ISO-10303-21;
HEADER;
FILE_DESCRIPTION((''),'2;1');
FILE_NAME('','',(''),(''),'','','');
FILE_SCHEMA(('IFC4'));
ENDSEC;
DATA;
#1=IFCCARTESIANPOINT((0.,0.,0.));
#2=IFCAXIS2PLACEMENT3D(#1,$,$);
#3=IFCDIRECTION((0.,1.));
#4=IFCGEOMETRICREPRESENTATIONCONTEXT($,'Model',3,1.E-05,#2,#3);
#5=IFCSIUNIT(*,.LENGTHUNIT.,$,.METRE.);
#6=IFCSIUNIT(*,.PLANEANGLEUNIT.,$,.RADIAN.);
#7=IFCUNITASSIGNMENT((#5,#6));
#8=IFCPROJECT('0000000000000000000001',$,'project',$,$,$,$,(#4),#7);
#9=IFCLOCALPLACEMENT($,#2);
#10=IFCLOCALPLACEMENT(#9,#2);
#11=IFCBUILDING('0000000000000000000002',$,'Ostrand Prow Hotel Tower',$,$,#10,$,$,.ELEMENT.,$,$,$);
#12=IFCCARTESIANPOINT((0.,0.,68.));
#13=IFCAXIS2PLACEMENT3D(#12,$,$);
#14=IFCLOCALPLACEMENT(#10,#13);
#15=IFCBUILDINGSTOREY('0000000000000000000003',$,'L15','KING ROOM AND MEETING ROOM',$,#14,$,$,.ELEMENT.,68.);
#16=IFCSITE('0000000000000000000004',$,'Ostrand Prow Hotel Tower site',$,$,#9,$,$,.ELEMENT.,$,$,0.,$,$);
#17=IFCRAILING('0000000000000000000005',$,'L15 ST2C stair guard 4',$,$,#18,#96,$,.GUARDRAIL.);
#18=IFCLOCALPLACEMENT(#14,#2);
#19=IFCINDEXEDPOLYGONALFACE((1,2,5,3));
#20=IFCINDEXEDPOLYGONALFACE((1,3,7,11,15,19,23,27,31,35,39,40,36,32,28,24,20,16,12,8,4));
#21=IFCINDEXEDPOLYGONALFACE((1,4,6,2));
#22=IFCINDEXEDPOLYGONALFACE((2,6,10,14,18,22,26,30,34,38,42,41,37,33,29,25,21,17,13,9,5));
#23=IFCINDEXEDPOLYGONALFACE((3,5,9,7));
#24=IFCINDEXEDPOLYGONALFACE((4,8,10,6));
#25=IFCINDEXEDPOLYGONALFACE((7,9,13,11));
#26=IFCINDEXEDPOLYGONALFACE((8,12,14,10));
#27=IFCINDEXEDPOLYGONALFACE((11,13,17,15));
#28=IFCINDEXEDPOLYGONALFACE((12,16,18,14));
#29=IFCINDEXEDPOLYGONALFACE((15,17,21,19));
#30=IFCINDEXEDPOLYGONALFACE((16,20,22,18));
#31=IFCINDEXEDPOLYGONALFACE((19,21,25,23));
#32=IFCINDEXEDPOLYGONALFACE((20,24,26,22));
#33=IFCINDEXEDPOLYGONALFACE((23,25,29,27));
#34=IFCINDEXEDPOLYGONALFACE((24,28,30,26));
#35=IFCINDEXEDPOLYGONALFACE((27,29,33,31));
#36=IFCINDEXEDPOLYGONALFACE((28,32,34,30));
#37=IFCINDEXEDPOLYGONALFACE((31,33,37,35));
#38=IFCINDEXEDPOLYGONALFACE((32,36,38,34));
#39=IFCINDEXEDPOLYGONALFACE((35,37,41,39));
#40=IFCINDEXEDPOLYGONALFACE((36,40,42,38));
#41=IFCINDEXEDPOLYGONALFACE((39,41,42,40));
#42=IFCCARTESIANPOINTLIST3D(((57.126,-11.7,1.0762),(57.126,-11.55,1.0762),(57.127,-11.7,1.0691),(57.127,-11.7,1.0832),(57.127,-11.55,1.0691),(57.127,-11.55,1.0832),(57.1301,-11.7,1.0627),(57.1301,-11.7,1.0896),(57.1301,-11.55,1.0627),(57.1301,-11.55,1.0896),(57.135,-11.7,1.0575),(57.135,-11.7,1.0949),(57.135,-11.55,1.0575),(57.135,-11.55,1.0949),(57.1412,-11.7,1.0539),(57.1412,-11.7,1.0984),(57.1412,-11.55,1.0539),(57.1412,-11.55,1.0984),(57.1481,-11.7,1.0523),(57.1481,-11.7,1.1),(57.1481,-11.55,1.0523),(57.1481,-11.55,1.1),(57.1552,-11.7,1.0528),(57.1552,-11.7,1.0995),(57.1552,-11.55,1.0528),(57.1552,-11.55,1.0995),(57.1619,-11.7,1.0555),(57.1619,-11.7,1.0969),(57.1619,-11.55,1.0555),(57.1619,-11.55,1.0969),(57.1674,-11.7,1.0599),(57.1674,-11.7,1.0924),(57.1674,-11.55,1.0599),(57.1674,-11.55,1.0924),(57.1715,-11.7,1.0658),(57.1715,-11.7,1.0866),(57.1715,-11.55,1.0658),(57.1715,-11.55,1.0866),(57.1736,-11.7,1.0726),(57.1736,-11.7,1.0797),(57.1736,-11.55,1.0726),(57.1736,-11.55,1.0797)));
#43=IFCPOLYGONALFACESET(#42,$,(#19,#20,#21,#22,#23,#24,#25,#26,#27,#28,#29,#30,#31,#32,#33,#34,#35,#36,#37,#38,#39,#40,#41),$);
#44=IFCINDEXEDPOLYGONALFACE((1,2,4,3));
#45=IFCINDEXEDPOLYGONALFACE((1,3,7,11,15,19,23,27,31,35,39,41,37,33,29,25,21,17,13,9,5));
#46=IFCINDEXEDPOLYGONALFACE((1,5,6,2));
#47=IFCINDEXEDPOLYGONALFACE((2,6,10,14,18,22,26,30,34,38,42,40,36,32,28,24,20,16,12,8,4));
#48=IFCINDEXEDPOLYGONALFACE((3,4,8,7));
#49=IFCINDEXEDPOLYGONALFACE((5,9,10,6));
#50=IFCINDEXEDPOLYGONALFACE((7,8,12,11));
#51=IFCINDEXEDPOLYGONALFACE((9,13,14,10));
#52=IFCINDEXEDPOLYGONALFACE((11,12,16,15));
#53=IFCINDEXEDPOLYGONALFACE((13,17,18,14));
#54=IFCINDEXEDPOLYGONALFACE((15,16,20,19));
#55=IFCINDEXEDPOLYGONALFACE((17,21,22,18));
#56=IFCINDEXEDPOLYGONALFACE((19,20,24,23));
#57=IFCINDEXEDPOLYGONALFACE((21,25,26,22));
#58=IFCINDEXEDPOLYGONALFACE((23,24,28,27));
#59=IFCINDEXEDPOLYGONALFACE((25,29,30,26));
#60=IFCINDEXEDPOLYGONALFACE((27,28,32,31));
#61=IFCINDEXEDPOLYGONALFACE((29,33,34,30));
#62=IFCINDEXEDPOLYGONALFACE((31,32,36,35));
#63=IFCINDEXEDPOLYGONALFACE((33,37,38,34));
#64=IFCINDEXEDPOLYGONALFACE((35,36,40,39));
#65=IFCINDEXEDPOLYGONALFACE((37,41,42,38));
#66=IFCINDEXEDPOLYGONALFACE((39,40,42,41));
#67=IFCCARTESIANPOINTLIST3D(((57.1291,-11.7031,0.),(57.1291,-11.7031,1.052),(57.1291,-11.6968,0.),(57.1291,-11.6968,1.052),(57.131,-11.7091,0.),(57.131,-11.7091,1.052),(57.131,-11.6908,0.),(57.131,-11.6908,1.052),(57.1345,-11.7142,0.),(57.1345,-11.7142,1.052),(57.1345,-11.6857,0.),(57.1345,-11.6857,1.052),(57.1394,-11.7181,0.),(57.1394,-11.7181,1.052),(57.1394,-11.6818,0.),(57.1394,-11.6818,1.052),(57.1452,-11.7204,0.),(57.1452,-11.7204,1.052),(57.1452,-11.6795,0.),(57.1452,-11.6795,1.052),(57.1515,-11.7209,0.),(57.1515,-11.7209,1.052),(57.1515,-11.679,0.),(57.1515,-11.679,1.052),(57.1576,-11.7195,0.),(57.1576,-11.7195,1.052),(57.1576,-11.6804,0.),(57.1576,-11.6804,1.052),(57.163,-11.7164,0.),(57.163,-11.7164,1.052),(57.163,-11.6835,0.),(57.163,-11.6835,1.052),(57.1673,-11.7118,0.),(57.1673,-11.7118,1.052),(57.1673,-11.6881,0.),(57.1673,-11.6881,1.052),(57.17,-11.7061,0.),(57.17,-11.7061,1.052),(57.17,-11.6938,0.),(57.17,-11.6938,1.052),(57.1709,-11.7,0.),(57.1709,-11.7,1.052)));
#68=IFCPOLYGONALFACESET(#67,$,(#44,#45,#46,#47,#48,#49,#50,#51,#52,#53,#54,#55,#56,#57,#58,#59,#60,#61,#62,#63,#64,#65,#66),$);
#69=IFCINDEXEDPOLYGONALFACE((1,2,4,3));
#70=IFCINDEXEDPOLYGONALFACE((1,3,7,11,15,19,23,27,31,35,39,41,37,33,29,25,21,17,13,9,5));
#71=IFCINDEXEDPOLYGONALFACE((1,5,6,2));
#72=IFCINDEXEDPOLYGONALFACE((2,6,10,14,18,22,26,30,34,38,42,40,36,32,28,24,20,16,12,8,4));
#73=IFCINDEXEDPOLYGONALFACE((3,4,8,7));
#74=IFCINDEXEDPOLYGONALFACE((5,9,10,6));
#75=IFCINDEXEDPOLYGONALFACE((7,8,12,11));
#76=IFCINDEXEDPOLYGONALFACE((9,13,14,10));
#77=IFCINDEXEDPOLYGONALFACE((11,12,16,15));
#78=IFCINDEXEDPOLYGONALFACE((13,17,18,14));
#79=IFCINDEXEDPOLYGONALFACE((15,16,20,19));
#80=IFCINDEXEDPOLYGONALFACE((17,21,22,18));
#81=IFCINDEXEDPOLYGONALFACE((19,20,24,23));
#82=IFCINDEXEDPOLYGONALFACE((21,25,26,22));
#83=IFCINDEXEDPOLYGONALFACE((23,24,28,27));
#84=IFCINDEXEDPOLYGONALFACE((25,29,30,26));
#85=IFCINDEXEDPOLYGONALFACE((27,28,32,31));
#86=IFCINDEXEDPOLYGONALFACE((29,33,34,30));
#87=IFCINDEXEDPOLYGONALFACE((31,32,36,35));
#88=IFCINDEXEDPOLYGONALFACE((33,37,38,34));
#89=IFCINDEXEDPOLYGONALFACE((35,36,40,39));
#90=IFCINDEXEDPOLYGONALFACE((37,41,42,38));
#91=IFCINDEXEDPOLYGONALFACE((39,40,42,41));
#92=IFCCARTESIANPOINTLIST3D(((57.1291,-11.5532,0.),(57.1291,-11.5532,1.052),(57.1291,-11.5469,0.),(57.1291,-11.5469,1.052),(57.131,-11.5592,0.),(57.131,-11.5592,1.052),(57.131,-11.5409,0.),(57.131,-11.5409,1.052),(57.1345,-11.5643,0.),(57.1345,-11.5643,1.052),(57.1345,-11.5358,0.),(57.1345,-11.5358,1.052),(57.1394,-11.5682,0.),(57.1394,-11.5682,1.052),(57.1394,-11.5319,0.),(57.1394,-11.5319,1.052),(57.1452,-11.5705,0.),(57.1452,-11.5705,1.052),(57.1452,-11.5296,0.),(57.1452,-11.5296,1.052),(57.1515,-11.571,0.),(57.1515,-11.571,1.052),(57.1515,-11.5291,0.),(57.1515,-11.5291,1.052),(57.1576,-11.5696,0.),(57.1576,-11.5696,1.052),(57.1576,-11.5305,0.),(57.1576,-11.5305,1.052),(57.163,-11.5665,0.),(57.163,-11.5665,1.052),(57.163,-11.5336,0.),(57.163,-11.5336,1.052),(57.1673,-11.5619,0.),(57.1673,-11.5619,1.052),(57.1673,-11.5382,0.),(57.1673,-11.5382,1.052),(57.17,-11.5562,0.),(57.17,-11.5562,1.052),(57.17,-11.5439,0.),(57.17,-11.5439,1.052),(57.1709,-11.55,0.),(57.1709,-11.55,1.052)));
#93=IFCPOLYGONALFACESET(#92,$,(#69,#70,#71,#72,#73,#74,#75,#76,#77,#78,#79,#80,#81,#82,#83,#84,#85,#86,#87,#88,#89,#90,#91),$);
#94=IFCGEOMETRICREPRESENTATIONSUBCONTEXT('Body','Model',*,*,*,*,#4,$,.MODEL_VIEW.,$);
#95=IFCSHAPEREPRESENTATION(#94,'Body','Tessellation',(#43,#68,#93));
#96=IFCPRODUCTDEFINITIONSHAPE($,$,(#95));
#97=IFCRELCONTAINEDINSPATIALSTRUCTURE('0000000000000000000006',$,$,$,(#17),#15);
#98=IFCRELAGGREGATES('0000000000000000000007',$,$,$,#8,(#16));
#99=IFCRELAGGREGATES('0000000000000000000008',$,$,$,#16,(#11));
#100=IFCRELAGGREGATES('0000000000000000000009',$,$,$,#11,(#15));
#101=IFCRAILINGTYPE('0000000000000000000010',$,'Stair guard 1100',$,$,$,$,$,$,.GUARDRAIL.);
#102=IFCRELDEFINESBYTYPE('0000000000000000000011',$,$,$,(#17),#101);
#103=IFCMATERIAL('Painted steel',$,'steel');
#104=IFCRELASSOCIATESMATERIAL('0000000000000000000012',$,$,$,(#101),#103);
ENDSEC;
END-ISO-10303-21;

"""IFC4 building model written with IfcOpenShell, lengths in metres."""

from ifc_helpers import new_model, si_unit, direction, frame, origin, origin_2d, place, context, subcontext, project, spatial, circle, extrude, material, type_object, element, save


model = new_model("IFC4")

# Units and contexts
model_context = context("Model", 3, precision=1e-05, world=origin(), true_north=direction((0.0, 1.0)))
body_context = subcontext(model_context, "Body", "Model", "MODEL_VIEW")
ifc_project = project(units=[si_unit("LENGTHUNIT", "METRE"), si_unit("PLANEANGLEUNIT", "RADIAN")], contexts=[model_context])

# Site, building, storey
site_placement = place(None, origin())
site = spatial("IfcSite", under=ifc_project, at=site_placement, Name="Ostrand Prow Hotel Tower site", CompositionType="ELEMENT", RefElevation=0.0)
building_placement = place(site_placement, origin())
building = spatial("IfcBuilding", under=site, at=building_placement, Name="Ostrand Prow Hotel Tower", CompositionType="ELEMENT")
storey_placement = place(building_placement, frame((0.0, 0.0, 68.0)))
storey = spatial("IfcBuildingStorey", under=building, at=storey_placement, Name="L15", Description="KING ROOM AND MEETING ROOM", CompositionType="ELEMENT", Elevation=68.0)

# Railing
ifc_material_1 = material(Name="Painted steel", Category="steel")
railing_type_1 = type_object("IfcRailingType", Name="Stair guard 1100", PredefinedType="GUARDRAIL", material=ifc_material_1)
railing_1_placement = place(storey_placement, frame((57.1499, -11.7, 0.0)))
element("IfcRailing", 1, at=railing_1_placement, inside=storey, type_object=railing_type_1, Name="L15 ST2C stair guard 4", PredefinedType="GUARDRAIL", context=body_context, shape_type="SweptSolid", body=[
    extrude(circle(Radius=0.0239, at=origin_2d()), frame((0.0, 0.0, 1.0762), z_axis=(0.0, 1.0, 0.0), x_axis=(-1.0, 0.0, 0.0)), (0.0, 0.0, 1.0), 0.1499),
    extrude(circle(Radius=0.021, at=origin_2d()), origin(), (0.0, 0.0, 1.0), 1.052),
    extrude(circle(Radius=0.021, at=origin_2d()), frame((0.0, 0.1499, 0.0)), (0.0, 0.0, 1.0), 1.052),
])

save(model, "model.ifc")
